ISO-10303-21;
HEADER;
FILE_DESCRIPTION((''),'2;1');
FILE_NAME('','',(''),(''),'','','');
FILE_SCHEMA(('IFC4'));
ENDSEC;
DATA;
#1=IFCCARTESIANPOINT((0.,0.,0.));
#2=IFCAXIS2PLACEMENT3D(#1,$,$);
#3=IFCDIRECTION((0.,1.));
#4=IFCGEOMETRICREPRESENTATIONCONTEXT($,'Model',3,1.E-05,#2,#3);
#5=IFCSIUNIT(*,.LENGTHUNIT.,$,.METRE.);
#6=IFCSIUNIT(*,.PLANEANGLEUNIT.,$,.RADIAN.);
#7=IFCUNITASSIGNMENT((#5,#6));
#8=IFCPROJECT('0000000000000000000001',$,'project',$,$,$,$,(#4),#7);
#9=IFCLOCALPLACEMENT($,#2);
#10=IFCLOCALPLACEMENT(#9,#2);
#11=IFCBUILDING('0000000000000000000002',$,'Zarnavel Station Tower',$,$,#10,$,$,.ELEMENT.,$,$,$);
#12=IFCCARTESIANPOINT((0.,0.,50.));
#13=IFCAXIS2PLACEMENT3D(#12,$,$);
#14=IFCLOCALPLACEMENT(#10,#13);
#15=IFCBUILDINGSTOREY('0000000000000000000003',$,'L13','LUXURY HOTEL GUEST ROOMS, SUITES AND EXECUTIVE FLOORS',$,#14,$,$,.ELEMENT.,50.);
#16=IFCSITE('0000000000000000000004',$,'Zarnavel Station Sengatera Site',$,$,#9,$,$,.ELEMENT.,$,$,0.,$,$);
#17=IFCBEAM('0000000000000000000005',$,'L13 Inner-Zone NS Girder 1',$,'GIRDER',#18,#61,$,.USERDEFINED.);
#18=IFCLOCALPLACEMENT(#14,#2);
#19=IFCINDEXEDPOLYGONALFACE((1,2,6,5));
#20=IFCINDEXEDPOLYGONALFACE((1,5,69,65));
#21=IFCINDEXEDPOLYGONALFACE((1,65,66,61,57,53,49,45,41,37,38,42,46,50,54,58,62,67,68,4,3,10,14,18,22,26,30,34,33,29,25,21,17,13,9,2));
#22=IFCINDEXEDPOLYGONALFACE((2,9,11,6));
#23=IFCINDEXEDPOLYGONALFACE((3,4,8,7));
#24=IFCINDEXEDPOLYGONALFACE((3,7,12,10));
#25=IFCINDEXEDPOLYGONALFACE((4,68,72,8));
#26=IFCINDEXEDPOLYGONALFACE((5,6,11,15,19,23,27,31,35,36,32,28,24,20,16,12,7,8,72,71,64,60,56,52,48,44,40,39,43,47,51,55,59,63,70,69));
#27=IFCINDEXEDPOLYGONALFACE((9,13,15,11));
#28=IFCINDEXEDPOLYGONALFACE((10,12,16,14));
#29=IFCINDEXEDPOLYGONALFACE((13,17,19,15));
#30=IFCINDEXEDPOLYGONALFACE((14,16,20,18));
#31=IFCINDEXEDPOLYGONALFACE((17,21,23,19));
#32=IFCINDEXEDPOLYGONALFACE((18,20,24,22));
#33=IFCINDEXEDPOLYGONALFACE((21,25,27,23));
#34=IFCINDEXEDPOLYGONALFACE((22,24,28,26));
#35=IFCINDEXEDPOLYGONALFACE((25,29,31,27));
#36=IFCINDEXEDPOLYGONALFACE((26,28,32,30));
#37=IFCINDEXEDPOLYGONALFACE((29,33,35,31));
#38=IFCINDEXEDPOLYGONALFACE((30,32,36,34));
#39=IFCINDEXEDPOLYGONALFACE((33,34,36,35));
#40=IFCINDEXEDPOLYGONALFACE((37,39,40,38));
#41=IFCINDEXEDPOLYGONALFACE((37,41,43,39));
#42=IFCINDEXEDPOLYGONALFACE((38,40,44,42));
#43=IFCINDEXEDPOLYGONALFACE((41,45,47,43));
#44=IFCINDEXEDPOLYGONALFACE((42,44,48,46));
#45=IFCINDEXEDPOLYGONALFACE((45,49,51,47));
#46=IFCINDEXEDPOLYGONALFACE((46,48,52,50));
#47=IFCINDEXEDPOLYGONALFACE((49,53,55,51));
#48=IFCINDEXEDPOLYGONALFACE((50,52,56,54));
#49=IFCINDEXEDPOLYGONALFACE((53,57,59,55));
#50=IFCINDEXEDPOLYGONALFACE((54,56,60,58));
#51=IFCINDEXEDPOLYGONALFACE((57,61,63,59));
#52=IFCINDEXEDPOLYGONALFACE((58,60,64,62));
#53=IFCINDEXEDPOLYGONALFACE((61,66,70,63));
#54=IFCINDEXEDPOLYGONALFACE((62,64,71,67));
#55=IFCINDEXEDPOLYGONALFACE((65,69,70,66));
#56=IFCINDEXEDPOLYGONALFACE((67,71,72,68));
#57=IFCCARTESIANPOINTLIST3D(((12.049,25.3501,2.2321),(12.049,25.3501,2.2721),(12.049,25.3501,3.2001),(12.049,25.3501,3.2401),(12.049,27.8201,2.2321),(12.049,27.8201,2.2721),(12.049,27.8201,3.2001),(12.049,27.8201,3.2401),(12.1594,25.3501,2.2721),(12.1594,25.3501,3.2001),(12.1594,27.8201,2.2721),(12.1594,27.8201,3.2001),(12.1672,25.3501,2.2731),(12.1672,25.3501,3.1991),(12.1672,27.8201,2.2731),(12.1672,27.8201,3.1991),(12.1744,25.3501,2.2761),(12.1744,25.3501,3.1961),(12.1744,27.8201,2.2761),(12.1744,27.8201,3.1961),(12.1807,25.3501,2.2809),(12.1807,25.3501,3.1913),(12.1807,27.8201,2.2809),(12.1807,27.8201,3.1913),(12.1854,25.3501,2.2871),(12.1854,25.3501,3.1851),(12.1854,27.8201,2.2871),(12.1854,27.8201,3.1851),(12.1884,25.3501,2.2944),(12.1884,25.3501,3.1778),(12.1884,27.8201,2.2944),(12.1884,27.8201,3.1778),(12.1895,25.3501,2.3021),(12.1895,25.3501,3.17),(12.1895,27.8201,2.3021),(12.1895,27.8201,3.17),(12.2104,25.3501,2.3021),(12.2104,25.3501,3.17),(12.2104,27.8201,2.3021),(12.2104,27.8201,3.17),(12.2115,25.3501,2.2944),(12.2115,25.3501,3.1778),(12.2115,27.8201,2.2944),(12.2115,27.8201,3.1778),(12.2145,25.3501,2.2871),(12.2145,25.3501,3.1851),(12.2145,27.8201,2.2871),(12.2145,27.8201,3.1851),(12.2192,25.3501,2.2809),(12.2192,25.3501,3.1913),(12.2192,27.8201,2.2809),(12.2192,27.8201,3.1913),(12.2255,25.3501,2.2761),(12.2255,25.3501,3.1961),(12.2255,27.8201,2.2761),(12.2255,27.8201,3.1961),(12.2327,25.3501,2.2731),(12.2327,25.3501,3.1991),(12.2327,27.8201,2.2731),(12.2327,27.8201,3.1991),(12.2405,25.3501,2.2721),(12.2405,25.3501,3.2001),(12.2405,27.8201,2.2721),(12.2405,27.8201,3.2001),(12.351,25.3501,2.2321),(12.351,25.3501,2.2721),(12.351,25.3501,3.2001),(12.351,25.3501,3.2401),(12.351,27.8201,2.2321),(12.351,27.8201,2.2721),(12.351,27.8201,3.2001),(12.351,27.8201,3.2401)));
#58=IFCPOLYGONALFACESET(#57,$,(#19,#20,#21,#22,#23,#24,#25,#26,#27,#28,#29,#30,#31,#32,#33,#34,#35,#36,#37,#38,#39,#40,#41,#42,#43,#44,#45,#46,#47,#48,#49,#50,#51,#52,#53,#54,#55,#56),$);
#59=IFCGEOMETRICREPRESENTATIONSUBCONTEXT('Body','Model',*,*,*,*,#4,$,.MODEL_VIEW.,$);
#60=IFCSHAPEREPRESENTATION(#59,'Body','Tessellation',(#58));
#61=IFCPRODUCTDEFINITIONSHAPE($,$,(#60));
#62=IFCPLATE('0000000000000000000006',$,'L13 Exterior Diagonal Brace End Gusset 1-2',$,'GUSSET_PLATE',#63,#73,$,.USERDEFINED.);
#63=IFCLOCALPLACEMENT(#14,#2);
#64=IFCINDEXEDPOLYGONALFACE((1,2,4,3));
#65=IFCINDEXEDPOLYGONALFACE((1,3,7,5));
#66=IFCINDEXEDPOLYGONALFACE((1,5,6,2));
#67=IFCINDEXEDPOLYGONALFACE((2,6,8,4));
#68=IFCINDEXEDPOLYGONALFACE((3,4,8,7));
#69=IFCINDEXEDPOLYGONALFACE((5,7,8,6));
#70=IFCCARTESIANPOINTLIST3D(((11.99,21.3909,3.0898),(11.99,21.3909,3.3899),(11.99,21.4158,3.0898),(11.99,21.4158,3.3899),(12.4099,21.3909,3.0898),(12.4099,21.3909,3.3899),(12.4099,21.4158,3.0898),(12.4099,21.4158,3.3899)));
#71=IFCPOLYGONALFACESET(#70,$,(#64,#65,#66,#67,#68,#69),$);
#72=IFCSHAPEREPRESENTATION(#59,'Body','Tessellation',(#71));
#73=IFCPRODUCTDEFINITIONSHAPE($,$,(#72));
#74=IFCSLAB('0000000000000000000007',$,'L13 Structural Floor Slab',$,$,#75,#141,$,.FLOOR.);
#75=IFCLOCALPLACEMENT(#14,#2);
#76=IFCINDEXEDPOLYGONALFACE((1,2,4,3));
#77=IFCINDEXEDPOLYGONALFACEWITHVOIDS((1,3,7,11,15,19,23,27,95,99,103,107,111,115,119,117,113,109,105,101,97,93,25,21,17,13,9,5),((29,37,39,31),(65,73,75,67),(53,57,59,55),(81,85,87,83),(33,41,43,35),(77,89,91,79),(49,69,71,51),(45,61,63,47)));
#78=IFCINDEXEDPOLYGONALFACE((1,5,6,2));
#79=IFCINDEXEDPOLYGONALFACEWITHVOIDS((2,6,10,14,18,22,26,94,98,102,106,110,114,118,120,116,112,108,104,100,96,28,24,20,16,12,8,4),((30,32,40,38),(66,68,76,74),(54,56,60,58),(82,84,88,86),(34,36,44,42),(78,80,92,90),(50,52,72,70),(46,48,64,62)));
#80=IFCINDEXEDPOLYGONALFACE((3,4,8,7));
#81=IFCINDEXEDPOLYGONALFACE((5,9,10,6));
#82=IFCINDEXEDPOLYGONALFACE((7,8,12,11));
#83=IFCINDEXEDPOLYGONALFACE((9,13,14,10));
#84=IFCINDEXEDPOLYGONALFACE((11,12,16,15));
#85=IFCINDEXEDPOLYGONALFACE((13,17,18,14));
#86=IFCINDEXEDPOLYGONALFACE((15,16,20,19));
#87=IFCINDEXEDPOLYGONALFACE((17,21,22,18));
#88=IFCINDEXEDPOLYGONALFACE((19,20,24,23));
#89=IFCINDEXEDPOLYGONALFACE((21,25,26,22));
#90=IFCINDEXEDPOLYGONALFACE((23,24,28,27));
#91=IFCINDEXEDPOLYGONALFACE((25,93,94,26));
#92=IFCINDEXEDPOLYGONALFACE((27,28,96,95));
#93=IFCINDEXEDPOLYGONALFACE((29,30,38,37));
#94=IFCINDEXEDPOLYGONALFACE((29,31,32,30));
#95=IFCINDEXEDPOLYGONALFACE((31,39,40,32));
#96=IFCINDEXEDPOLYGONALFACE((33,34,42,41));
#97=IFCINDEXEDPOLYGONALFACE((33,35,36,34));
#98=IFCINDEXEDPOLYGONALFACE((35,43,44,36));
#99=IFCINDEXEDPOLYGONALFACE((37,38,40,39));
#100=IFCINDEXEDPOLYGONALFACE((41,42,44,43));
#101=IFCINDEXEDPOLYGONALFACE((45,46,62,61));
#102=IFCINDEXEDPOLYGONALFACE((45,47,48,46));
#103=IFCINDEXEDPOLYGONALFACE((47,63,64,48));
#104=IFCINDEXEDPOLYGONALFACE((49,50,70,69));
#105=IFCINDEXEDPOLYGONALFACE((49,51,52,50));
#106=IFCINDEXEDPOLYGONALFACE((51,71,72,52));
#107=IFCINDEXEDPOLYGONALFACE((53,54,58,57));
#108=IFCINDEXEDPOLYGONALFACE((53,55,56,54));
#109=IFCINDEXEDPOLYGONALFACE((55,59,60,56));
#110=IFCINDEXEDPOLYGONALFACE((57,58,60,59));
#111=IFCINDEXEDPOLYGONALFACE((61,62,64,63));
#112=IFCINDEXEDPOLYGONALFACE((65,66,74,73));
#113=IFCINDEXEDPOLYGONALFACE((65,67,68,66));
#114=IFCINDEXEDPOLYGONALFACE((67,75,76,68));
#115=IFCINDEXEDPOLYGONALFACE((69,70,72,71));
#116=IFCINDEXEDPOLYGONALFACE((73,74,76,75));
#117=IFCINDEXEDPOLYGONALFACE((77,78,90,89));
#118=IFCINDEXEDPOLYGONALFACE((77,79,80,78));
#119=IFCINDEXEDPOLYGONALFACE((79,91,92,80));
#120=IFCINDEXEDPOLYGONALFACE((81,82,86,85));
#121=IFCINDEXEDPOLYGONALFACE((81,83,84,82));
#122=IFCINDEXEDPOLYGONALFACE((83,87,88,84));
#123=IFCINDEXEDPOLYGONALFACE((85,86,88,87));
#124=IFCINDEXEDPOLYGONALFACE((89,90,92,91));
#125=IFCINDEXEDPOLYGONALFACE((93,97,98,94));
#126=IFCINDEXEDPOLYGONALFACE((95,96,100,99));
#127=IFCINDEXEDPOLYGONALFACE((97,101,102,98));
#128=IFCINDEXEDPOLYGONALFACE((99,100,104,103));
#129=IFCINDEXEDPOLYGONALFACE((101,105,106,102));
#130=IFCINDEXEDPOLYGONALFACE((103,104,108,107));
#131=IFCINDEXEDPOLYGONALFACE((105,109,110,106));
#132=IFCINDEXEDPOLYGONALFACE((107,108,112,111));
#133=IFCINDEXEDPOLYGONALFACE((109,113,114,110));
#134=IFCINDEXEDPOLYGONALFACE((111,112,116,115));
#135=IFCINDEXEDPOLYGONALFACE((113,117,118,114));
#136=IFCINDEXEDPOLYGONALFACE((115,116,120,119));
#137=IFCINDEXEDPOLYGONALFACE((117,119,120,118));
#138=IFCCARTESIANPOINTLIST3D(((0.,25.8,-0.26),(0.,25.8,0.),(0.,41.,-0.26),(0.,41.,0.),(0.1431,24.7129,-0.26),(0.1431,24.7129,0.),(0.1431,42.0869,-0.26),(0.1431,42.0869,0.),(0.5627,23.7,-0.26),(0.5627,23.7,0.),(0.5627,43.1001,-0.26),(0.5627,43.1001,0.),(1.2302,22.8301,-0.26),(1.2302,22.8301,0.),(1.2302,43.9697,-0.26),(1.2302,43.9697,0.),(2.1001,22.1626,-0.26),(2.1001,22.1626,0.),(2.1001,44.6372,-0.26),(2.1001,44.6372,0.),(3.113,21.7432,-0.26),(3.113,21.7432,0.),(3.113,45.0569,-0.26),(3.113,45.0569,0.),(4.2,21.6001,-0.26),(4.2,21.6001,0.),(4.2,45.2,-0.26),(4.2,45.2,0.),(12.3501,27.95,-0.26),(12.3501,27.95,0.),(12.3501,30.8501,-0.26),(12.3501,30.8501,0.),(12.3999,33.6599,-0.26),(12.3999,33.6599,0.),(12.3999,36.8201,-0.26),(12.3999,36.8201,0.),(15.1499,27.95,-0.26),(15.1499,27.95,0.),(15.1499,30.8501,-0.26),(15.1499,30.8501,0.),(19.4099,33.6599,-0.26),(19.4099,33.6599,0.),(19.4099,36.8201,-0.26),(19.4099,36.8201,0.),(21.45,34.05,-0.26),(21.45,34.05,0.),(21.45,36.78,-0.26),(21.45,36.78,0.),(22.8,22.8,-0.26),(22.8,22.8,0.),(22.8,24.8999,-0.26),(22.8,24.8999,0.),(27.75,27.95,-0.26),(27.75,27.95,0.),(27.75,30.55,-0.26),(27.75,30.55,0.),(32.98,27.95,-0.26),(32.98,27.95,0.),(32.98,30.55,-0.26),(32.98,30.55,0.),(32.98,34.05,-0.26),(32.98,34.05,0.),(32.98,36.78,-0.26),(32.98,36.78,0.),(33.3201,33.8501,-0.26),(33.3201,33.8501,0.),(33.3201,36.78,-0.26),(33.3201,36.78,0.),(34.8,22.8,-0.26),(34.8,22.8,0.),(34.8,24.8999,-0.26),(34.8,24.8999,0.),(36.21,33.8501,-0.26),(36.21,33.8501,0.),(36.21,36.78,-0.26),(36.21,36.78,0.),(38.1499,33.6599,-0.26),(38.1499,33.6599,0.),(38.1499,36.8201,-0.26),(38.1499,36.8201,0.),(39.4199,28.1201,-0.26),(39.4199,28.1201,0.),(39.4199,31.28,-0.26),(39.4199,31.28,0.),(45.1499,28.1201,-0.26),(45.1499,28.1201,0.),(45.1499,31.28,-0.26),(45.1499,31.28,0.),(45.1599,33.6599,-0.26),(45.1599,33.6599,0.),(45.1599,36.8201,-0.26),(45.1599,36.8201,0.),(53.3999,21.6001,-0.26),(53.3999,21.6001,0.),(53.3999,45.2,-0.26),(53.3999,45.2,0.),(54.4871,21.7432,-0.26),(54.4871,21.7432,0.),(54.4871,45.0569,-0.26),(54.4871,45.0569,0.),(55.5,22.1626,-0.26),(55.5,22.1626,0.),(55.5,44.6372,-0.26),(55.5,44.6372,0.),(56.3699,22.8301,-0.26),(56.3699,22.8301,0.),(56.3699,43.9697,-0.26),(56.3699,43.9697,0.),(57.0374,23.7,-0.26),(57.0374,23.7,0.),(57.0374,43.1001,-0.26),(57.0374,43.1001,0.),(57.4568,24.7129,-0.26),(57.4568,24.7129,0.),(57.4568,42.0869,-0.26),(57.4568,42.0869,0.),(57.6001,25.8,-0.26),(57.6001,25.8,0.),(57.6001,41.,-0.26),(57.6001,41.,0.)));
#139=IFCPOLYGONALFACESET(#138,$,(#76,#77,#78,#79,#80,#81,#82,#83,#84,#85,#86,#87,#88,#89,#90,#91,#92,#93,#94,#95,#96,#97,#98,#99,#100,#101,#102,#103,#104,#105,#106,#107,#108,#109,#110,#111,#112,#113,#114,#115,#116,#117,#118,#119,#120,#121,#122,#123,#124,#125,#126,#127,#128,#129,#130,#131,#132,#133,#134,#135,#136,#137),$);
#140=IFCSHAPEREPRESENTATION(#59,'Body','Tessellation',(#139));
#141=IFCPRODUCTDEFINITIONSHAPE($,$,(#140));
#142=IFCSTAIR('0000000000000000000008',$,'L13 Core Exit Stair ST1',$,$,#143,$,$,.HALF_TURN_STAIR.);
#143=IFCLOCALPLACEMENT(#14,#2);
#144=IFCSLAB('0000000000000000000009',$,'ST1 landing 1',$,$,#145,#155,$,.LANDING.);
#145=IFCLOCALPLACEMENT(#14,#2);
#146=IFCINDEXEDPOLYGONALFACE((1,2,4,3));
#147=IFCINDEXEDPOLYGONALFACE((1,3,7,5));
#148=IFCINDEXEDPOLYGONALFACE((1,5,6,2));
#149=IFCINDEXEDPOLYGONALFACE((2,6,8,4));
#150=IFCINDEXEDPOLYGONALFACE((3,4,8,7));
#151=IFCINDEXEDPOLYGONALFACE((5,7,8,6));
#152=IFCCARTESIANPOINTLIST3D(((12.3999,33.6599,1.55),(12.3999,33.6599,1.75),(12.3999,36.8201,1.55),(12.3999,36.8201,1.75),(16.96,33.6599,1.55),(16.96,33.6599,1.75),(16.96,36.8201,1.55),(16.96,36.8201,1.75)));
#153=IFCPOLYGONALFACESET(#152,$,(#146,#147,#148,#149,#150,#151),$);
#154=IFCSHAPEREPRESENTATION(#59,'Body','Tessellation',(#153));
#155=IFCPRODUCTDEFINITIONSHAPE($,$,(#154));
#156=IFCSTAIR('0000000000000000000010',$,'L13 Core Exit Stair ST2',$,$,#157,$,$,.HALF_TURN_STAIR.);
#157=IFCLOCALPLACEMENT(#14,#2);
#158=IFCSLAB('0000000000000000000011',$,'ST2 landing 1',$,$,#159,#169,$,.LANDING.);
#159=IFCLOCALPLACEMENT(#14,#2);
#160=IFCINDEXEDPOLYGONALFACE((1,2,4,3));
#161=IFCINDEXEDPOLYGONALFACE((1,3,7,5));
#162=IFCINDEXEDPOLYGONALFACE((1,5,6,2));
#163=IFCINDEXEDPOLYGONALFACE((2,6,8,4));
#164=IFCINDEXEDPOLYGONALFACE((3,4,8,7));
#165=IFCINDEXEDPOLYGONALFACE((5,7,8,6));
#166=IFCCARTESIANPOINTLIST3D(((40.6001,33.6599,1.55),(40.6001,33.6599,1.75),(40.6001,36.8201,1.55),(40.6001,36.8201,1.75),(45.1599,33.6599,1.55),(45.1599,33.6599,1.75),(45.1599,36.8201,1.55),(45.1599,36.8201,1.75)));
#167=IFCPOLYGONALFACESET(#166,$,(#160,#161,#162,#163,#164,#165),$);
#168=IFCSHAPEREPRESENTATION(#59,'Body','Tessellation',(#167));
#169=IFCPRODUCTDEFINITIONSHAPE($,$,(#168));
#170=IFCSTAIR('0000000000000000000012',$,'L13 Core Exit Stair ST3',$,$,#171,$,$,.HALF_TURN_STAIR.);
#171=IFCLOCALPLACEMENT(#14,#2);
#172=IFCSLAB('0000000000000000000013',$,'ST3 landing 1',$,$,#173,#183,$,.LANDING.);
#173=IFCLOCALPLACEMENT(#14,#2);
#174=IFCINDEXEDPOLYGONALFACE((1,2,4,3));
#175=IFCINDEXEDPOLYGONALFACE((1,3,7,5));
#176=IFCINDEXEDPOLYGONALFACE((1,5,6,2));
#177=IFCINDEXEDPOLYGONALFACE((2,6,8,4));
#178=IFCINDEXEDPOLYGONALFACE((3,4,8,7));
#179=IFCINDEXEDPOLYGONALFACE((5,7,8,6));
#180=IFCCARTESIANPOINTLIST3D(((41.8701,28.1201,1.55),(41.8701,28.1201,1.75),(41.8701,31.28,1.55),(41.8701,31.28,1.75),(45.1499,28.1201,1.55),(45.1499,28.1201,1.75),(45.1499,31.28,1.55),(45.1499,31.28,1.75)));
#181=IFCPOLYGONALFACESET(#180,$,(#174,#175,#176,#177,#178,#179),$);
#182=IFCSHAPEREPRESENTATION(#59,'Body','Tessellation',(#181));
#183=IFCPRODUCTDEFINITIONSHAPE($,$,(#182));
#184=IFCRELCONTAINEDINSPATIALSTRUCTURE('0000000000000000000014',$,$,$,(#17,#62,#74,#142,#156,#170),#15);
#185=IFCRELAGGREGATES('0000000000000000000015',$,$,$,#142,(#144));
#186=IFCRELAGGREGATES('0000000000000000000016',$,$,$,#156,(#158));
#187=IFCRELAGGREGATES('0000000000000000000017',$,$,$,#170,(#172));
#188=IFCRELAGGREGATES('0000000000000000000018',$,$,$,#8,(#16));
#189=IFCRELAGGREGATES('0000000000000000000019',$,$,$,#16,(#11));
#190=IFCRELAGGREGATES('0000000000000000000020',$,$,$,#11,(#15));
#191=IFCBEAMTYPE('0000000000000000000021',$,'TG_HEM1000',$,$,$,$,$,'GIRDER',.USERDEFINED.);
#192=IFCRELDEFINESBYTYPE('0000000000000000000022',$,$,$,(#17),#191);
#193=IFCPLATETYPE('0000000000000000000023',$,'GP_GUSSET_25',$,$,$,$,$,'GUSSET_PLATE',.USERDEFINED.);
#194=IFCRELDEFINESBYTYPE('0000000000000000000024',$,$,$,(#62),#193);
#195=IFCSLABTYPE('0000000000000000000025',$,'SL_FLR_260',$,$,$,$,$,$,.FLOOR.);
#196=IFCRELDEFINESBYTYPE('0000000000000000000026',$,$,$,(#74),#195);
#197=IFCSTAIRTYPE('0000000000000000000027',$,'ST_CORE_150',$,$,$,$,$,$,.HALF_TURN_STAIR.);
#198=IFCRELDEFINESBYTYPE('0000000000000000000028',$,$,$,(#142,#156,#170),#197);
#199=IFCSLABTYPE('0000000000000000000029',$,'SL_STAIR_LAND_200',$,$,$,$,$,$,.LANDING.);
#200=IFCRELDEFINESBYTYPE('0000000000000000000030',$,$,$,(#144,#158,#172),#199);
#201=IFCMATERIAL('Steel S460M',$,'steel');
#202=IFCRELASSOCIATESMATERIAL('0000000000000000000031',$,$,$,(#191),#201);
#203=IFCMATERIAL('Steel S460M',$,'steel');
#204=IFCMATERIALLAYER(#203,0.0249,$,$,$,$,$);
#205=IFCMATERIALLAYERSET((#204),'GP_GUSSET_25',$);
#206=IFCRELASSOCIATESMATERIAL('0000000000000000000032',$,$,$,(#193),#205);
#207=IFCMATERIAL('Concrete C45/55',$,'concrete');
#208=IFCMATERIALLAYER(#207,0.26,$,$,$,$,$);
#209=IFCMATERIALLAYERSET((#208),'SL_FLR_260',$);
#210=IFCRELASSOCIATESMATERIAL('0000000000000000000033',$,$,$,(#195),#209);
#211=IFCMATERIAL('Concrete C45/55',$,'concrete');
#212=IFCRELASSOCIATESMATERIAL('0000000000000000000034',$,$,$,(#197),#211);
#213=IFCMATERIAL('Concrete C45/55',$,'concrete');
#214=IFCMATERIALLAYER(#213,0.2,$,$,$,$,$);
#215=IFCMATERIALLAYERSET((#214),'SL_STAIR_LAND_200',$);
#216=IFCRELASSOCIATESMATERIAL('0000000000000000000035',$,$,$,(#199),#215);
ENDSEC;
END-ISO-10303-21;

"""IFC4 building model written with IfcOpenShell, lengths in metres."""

from ifc_helpers import new_model, si_unit, direction, frame, origin, origin_2d, place, context, subcontext, project, spatial, polyline, rectangle, i_section, outline, extrude, material, layer, layer_set, material_profile, profile_set, type_object, element, aggregate, save


model = new_model("IFC4")

# Units and contexts
model_context = context("Model", 3, precision=1e-05, world=origin(), true_north=direction((0.0, 1.0)))
body_context = subcontext(model_context, "Body", "Model", "MODEL_VIEW")
ifc_project = project(units=[si_unit("LENGTHUNIT", "METRE"), si_unit("PLANEANGLEUNIT", "RADIAN")], contexts=[model_context])

# Site, building, storey
site_placement = place(None, origin())
site = spatial("IfcSite", under=ifc_project, at=site_placement, Name="Zarnavel Station Sengatera Site", CompositionType="ELEMENT", RefElevation=0.0)
building_placement = place(site_placement, origin())
building = spatial("IfcBuilding", under=site, at=building_placement, Name="Zarnavel Station Tower", CompositionType="ELEMENT")
storey_placement = place(building_placement, frame((0.0, 0.0, 50.0)))
storey = spatial("IfcBuildingStorey", under=building, at=storey_placement, Name="L13", Description="LUXURY HOTEL GUEST ROOMS, SUITES AND EXECUTIVE FLOORS", CompositionType="ELEMENT", Elevation=50.0)

# Beam
ifc_material_1 = material(Name="Steel S460M", Category="steel")
ifc_material_profile_1 = material_profile(ifc_material_1, i_section(OverallWidth=0.302, OverallDepth=1.0081, WebThickness=0.021, FlangeThickness=0.04, FilletRadius=0.03, at=origin_2d()), Name="HEM1000")
ifc_profile_set_1 = profile_set([ifc_material_profile_1], Name="Steel S460M")
beam_type_1 = type_object("IfcBeamType", Name="TG_HEM1000", ElementType="GIRDER", PredefinedType="USERDEFINED", material=ifc_profile_set_1)
beam_1_placement = place(storey_placement, frame((12.2, 25.3501, 2.7361), z_axis=(0.0, 1.0, 0.0), x_axis=(-1.0, 0.0, 0.0)))
element("IfcBeam", 1, at=beam_1_placement, inside=storey, type_object=beam_type_1, Name="L13 Inner-Zone NS Girder 1", ObjectType="GIRDER", PredefinedType="USERDEFINED", context=body_context, shape_type="SweptSolid", body=[
    extrude(i_section(OverallWidth=0.302, OverallDepth=1.0081, WebThickness=0.021, FlangeThickness=0.04, FilletRadius=0.03, at=origin_2d()), origin(), (0.0, 0.0, 1.0), 2.47),
])

# Plate
ifc_material_2 = material(Name="Steel S460M", Category="steel")
ifc_layer_1 = layer(ifc_material_2, 0.0249)
ifc_layer_set_1 = layer_set([ifc_layer_1], Name="GP_GUSSET_25")
plate_type = type_object("IfcPlateType", Name="GP_GUSSET_25", ElementType="GUSSET_PLATE", PredefinedType="USERDEFINED", material=ifc_layer_set_1)
plate_placement = place(storey_placement, frame((12.2, 21.4033, 3.0898), z_axis=(0.0, 0.0, 1.0), x_axis=(1.0, 0.0, 0.0)))
element("IfcPlate", 2, at=plate_placement, inside=storey, type_object=plate_type, Name="L13 Exterior Diagonal Brace End Gusset 1-2", ObjectType="GUSSET_PLATE", PredefinedType="USERDEFINED", context=body_context, shape_type="SweptSolid", body=[
    extrude(rectangle(XDim=0.4199, YDim=0.0249, at=origin_2d()), origin(), (0.0, 0.0, 1.0), 0.3),
])

# Slab
ifc_material_3 = material(Name="Concrete C45/55", Category="concrete")
ifc_layer_2 = layer(ifc_material_3, 0.26)
ifc_layer_set_2 = layer_set([ifc_layer_2], Name="SL_FLR_260")
slab_type_1 = type_object("IfcSlabType", Name="SL_FLR_260", PredefinedType="FLOOR", material=ifc_layer_set_2)
slab_1_placement = place(storey_placement, frame((0.0, 0.0, -0.26)))
element("IfcSlab", 3, at=slab_1_placement, inside=storey, type_object=slab_type_1, Name="L13 Structural Floor Slab", PredefinedType="FLOOR", context=body_context, shape_type="SweptSolid", body=[
    extrude(outline(polyline([(53.3999, 21.6001), (54.4871, 21.7432), (55.5, 22.1626), (56.3699, 22.8301), (57.0374, 23.7), (57.4568, 24.7129), (57.6001, 25.8), (57.6001, 41.0), (57.4568, 42.0869), (57.0374, 43.1001), (56.3699, 43.9697), (55.5, 44.6372), (54.4871, 45.0569), (53.3999, 45.2), (4.2, 45.2), (3.113, 45.0569), (2.1001, 44.6372), (1.2302, 43.9697), (0.5627, 43.1001), (0.1431, 42.0869), (0.0, 41.0), (0.0, 25.8), (0.1431, 24.7129), (0.5627, 23.7), (1.2302, 22.8301), (2.1001, 22.1626), (3.113, 21.7432), (4.2, 21.6001), (53.3999, 21.6001)]), holes=[polyline([(12.3999, 33.6599), (19.4099, 33.6599), (19.4099, 36.8201), (12.3999, 36.8201), (12.3999, 33.6599)]), polyline([(38.1499, 33.6599), (45.1599, 33.6599), (45.1599, 36.8201), (38.1499, 36.8201), (38.1499, 33.6599)]), polyline([(39.4199, 28.1201), (45.1499, 28.1201), (45.1499, 31.28), (39.4199, 31.28), (39.4199, 28.1201)]), polyline([(12.3501, 27.95), (15.1499, 27.95), (15.1499, 30.8501), (12.3501, 30.8501), (12.3501, 27.95)]), polyline([(33.3201, 33.8501), (36.21, 33.8501), (36.21, 36.78), (33.3201, 36.78), (33.3201, 33.8501)]), polyline([(21.45, 34.05), (32.98, 34.05), (32.98, 36.78), (21.45, 36.78), (21.45, 34.05)]), polyline([(27.75, 27.95), (32.98, 27.95), (32.98, 30.55), (27.75, 30.55), (27.75, 27.95)]), polyline([(22.8, 22.8), (34.8, 22.8), (34.8, 24.8999), (22.8, 24.8999), (22.8, 22.8)])]), origin(), (0.0, 0.0, 1.0), 0.26),
])

# Stairs, slabs
ifc_material_4 = material(Name="Concrete C45/55", Category="concrete")
stair_type = type_object("IfcStairType", Name="ST_CORE_150", PredefinedType="HALF_TURN_STAIR", material=ifc_material_4)
stair_1_placement = place(storey_placement, origin())
stair_1 = element("IfcStair", 4, at=stair_1_placement, inside=storey, type_object=stair_type, Name="L13 Core Exit Stair ST1", PredefinedType="HALF_TURN_STAIR")
ifc_material_5 = material(Name="Concrete C45/55", Category="concrete")
ifc_layer_3 = layer(ifc_material_5, 0.2)
ifc_layer_set_3 = layer_set([ifc_layer_3], Name="SL_STAIR_LAND_200")
slab_type_2 = type_object("IfcSlabType", Name="SL_STAIR_LAND_200", PredefinedType="LANDING", material=ifc_layer_set_3)
slab_2_placement = place(storey_placement, frame((0.0, 0.0, 1.55)))
slab_2 = element("IfcSlab", 5, at=slab_2_placement, type_object=slab_type_2, Name="ST1 landing 1", PredefinedType="LANDING", context=body_context, shape_type="SweptSolid", body=[
    extrude(outline(polyline([(16.96, 36.8201), (12.3999, 36.8201), (12.3999, 33.6599), (16.96, 33.6599), (16.96, 36.8201)])), origin(), (0.0, 0.0, 1.0), 0.2),
])
aggregate(stair_1, [slab_2])
stair_2_placement = place(storey_placement, origin())
stair_2 = element("IfcStair", 6, at=stair_2_placement, inside=storey, type_object=stair_type, Name="L13 Core Exit Stair ST2", PredefinedType="HALF_TURN_STAIR")
slab_3_placement = place(storey_placement, frame((0.0, 0.0, 1.55)))
slab_3 = element("IfcSlab", 7, at=slab_3_placement, type_object=slab_type_2, Name="ST2 landing 1", PredefinedType="LANDING", context=body_context, shape_type="SweptSolid", body=[
    extrude(outline(polyline([(40.6001, 33.6599), (45.1599, 33.6599), (45.1599, 36.8201), (40.6001, 36.8201), (40.6001, 33.6599)])), origin(), (0.0, 0.0, 1.0), 0.2),
])
aggregate(stair_2, [slab_3])
stair_3_placement = place(storey_placement, origin())
stair_3 = element("IfcStair", 8, at=stair_3_placement, inside=storey, type_object=stair_type, Name="L13 Core Exit Stair ST3", PredefinedType="HALF_TURN_STAIR")
slab_4_placement = place(storey_placement, frame((0.0, 0.0, 1.55)))
slab_4 = element("IfcSlab", 9, at=slab_4_placement, type_object=slab_type_2, Name="ST3 landing 1", PredefinedType="LANDING", context=body_context, shape_type="SweptSolid", body=[
    extrude(outline(polyline([(41.8701, 28.1201), (45.1499, 28.1201), (45.1499, 31.28), (41.8701, 31.28), (41.8701, 28.1201)])), origin(), (0.0, 0.0, 1.0), 0.2),
])
aggregate(stair_3, [slab_4])

save(model, "model.ifc")
